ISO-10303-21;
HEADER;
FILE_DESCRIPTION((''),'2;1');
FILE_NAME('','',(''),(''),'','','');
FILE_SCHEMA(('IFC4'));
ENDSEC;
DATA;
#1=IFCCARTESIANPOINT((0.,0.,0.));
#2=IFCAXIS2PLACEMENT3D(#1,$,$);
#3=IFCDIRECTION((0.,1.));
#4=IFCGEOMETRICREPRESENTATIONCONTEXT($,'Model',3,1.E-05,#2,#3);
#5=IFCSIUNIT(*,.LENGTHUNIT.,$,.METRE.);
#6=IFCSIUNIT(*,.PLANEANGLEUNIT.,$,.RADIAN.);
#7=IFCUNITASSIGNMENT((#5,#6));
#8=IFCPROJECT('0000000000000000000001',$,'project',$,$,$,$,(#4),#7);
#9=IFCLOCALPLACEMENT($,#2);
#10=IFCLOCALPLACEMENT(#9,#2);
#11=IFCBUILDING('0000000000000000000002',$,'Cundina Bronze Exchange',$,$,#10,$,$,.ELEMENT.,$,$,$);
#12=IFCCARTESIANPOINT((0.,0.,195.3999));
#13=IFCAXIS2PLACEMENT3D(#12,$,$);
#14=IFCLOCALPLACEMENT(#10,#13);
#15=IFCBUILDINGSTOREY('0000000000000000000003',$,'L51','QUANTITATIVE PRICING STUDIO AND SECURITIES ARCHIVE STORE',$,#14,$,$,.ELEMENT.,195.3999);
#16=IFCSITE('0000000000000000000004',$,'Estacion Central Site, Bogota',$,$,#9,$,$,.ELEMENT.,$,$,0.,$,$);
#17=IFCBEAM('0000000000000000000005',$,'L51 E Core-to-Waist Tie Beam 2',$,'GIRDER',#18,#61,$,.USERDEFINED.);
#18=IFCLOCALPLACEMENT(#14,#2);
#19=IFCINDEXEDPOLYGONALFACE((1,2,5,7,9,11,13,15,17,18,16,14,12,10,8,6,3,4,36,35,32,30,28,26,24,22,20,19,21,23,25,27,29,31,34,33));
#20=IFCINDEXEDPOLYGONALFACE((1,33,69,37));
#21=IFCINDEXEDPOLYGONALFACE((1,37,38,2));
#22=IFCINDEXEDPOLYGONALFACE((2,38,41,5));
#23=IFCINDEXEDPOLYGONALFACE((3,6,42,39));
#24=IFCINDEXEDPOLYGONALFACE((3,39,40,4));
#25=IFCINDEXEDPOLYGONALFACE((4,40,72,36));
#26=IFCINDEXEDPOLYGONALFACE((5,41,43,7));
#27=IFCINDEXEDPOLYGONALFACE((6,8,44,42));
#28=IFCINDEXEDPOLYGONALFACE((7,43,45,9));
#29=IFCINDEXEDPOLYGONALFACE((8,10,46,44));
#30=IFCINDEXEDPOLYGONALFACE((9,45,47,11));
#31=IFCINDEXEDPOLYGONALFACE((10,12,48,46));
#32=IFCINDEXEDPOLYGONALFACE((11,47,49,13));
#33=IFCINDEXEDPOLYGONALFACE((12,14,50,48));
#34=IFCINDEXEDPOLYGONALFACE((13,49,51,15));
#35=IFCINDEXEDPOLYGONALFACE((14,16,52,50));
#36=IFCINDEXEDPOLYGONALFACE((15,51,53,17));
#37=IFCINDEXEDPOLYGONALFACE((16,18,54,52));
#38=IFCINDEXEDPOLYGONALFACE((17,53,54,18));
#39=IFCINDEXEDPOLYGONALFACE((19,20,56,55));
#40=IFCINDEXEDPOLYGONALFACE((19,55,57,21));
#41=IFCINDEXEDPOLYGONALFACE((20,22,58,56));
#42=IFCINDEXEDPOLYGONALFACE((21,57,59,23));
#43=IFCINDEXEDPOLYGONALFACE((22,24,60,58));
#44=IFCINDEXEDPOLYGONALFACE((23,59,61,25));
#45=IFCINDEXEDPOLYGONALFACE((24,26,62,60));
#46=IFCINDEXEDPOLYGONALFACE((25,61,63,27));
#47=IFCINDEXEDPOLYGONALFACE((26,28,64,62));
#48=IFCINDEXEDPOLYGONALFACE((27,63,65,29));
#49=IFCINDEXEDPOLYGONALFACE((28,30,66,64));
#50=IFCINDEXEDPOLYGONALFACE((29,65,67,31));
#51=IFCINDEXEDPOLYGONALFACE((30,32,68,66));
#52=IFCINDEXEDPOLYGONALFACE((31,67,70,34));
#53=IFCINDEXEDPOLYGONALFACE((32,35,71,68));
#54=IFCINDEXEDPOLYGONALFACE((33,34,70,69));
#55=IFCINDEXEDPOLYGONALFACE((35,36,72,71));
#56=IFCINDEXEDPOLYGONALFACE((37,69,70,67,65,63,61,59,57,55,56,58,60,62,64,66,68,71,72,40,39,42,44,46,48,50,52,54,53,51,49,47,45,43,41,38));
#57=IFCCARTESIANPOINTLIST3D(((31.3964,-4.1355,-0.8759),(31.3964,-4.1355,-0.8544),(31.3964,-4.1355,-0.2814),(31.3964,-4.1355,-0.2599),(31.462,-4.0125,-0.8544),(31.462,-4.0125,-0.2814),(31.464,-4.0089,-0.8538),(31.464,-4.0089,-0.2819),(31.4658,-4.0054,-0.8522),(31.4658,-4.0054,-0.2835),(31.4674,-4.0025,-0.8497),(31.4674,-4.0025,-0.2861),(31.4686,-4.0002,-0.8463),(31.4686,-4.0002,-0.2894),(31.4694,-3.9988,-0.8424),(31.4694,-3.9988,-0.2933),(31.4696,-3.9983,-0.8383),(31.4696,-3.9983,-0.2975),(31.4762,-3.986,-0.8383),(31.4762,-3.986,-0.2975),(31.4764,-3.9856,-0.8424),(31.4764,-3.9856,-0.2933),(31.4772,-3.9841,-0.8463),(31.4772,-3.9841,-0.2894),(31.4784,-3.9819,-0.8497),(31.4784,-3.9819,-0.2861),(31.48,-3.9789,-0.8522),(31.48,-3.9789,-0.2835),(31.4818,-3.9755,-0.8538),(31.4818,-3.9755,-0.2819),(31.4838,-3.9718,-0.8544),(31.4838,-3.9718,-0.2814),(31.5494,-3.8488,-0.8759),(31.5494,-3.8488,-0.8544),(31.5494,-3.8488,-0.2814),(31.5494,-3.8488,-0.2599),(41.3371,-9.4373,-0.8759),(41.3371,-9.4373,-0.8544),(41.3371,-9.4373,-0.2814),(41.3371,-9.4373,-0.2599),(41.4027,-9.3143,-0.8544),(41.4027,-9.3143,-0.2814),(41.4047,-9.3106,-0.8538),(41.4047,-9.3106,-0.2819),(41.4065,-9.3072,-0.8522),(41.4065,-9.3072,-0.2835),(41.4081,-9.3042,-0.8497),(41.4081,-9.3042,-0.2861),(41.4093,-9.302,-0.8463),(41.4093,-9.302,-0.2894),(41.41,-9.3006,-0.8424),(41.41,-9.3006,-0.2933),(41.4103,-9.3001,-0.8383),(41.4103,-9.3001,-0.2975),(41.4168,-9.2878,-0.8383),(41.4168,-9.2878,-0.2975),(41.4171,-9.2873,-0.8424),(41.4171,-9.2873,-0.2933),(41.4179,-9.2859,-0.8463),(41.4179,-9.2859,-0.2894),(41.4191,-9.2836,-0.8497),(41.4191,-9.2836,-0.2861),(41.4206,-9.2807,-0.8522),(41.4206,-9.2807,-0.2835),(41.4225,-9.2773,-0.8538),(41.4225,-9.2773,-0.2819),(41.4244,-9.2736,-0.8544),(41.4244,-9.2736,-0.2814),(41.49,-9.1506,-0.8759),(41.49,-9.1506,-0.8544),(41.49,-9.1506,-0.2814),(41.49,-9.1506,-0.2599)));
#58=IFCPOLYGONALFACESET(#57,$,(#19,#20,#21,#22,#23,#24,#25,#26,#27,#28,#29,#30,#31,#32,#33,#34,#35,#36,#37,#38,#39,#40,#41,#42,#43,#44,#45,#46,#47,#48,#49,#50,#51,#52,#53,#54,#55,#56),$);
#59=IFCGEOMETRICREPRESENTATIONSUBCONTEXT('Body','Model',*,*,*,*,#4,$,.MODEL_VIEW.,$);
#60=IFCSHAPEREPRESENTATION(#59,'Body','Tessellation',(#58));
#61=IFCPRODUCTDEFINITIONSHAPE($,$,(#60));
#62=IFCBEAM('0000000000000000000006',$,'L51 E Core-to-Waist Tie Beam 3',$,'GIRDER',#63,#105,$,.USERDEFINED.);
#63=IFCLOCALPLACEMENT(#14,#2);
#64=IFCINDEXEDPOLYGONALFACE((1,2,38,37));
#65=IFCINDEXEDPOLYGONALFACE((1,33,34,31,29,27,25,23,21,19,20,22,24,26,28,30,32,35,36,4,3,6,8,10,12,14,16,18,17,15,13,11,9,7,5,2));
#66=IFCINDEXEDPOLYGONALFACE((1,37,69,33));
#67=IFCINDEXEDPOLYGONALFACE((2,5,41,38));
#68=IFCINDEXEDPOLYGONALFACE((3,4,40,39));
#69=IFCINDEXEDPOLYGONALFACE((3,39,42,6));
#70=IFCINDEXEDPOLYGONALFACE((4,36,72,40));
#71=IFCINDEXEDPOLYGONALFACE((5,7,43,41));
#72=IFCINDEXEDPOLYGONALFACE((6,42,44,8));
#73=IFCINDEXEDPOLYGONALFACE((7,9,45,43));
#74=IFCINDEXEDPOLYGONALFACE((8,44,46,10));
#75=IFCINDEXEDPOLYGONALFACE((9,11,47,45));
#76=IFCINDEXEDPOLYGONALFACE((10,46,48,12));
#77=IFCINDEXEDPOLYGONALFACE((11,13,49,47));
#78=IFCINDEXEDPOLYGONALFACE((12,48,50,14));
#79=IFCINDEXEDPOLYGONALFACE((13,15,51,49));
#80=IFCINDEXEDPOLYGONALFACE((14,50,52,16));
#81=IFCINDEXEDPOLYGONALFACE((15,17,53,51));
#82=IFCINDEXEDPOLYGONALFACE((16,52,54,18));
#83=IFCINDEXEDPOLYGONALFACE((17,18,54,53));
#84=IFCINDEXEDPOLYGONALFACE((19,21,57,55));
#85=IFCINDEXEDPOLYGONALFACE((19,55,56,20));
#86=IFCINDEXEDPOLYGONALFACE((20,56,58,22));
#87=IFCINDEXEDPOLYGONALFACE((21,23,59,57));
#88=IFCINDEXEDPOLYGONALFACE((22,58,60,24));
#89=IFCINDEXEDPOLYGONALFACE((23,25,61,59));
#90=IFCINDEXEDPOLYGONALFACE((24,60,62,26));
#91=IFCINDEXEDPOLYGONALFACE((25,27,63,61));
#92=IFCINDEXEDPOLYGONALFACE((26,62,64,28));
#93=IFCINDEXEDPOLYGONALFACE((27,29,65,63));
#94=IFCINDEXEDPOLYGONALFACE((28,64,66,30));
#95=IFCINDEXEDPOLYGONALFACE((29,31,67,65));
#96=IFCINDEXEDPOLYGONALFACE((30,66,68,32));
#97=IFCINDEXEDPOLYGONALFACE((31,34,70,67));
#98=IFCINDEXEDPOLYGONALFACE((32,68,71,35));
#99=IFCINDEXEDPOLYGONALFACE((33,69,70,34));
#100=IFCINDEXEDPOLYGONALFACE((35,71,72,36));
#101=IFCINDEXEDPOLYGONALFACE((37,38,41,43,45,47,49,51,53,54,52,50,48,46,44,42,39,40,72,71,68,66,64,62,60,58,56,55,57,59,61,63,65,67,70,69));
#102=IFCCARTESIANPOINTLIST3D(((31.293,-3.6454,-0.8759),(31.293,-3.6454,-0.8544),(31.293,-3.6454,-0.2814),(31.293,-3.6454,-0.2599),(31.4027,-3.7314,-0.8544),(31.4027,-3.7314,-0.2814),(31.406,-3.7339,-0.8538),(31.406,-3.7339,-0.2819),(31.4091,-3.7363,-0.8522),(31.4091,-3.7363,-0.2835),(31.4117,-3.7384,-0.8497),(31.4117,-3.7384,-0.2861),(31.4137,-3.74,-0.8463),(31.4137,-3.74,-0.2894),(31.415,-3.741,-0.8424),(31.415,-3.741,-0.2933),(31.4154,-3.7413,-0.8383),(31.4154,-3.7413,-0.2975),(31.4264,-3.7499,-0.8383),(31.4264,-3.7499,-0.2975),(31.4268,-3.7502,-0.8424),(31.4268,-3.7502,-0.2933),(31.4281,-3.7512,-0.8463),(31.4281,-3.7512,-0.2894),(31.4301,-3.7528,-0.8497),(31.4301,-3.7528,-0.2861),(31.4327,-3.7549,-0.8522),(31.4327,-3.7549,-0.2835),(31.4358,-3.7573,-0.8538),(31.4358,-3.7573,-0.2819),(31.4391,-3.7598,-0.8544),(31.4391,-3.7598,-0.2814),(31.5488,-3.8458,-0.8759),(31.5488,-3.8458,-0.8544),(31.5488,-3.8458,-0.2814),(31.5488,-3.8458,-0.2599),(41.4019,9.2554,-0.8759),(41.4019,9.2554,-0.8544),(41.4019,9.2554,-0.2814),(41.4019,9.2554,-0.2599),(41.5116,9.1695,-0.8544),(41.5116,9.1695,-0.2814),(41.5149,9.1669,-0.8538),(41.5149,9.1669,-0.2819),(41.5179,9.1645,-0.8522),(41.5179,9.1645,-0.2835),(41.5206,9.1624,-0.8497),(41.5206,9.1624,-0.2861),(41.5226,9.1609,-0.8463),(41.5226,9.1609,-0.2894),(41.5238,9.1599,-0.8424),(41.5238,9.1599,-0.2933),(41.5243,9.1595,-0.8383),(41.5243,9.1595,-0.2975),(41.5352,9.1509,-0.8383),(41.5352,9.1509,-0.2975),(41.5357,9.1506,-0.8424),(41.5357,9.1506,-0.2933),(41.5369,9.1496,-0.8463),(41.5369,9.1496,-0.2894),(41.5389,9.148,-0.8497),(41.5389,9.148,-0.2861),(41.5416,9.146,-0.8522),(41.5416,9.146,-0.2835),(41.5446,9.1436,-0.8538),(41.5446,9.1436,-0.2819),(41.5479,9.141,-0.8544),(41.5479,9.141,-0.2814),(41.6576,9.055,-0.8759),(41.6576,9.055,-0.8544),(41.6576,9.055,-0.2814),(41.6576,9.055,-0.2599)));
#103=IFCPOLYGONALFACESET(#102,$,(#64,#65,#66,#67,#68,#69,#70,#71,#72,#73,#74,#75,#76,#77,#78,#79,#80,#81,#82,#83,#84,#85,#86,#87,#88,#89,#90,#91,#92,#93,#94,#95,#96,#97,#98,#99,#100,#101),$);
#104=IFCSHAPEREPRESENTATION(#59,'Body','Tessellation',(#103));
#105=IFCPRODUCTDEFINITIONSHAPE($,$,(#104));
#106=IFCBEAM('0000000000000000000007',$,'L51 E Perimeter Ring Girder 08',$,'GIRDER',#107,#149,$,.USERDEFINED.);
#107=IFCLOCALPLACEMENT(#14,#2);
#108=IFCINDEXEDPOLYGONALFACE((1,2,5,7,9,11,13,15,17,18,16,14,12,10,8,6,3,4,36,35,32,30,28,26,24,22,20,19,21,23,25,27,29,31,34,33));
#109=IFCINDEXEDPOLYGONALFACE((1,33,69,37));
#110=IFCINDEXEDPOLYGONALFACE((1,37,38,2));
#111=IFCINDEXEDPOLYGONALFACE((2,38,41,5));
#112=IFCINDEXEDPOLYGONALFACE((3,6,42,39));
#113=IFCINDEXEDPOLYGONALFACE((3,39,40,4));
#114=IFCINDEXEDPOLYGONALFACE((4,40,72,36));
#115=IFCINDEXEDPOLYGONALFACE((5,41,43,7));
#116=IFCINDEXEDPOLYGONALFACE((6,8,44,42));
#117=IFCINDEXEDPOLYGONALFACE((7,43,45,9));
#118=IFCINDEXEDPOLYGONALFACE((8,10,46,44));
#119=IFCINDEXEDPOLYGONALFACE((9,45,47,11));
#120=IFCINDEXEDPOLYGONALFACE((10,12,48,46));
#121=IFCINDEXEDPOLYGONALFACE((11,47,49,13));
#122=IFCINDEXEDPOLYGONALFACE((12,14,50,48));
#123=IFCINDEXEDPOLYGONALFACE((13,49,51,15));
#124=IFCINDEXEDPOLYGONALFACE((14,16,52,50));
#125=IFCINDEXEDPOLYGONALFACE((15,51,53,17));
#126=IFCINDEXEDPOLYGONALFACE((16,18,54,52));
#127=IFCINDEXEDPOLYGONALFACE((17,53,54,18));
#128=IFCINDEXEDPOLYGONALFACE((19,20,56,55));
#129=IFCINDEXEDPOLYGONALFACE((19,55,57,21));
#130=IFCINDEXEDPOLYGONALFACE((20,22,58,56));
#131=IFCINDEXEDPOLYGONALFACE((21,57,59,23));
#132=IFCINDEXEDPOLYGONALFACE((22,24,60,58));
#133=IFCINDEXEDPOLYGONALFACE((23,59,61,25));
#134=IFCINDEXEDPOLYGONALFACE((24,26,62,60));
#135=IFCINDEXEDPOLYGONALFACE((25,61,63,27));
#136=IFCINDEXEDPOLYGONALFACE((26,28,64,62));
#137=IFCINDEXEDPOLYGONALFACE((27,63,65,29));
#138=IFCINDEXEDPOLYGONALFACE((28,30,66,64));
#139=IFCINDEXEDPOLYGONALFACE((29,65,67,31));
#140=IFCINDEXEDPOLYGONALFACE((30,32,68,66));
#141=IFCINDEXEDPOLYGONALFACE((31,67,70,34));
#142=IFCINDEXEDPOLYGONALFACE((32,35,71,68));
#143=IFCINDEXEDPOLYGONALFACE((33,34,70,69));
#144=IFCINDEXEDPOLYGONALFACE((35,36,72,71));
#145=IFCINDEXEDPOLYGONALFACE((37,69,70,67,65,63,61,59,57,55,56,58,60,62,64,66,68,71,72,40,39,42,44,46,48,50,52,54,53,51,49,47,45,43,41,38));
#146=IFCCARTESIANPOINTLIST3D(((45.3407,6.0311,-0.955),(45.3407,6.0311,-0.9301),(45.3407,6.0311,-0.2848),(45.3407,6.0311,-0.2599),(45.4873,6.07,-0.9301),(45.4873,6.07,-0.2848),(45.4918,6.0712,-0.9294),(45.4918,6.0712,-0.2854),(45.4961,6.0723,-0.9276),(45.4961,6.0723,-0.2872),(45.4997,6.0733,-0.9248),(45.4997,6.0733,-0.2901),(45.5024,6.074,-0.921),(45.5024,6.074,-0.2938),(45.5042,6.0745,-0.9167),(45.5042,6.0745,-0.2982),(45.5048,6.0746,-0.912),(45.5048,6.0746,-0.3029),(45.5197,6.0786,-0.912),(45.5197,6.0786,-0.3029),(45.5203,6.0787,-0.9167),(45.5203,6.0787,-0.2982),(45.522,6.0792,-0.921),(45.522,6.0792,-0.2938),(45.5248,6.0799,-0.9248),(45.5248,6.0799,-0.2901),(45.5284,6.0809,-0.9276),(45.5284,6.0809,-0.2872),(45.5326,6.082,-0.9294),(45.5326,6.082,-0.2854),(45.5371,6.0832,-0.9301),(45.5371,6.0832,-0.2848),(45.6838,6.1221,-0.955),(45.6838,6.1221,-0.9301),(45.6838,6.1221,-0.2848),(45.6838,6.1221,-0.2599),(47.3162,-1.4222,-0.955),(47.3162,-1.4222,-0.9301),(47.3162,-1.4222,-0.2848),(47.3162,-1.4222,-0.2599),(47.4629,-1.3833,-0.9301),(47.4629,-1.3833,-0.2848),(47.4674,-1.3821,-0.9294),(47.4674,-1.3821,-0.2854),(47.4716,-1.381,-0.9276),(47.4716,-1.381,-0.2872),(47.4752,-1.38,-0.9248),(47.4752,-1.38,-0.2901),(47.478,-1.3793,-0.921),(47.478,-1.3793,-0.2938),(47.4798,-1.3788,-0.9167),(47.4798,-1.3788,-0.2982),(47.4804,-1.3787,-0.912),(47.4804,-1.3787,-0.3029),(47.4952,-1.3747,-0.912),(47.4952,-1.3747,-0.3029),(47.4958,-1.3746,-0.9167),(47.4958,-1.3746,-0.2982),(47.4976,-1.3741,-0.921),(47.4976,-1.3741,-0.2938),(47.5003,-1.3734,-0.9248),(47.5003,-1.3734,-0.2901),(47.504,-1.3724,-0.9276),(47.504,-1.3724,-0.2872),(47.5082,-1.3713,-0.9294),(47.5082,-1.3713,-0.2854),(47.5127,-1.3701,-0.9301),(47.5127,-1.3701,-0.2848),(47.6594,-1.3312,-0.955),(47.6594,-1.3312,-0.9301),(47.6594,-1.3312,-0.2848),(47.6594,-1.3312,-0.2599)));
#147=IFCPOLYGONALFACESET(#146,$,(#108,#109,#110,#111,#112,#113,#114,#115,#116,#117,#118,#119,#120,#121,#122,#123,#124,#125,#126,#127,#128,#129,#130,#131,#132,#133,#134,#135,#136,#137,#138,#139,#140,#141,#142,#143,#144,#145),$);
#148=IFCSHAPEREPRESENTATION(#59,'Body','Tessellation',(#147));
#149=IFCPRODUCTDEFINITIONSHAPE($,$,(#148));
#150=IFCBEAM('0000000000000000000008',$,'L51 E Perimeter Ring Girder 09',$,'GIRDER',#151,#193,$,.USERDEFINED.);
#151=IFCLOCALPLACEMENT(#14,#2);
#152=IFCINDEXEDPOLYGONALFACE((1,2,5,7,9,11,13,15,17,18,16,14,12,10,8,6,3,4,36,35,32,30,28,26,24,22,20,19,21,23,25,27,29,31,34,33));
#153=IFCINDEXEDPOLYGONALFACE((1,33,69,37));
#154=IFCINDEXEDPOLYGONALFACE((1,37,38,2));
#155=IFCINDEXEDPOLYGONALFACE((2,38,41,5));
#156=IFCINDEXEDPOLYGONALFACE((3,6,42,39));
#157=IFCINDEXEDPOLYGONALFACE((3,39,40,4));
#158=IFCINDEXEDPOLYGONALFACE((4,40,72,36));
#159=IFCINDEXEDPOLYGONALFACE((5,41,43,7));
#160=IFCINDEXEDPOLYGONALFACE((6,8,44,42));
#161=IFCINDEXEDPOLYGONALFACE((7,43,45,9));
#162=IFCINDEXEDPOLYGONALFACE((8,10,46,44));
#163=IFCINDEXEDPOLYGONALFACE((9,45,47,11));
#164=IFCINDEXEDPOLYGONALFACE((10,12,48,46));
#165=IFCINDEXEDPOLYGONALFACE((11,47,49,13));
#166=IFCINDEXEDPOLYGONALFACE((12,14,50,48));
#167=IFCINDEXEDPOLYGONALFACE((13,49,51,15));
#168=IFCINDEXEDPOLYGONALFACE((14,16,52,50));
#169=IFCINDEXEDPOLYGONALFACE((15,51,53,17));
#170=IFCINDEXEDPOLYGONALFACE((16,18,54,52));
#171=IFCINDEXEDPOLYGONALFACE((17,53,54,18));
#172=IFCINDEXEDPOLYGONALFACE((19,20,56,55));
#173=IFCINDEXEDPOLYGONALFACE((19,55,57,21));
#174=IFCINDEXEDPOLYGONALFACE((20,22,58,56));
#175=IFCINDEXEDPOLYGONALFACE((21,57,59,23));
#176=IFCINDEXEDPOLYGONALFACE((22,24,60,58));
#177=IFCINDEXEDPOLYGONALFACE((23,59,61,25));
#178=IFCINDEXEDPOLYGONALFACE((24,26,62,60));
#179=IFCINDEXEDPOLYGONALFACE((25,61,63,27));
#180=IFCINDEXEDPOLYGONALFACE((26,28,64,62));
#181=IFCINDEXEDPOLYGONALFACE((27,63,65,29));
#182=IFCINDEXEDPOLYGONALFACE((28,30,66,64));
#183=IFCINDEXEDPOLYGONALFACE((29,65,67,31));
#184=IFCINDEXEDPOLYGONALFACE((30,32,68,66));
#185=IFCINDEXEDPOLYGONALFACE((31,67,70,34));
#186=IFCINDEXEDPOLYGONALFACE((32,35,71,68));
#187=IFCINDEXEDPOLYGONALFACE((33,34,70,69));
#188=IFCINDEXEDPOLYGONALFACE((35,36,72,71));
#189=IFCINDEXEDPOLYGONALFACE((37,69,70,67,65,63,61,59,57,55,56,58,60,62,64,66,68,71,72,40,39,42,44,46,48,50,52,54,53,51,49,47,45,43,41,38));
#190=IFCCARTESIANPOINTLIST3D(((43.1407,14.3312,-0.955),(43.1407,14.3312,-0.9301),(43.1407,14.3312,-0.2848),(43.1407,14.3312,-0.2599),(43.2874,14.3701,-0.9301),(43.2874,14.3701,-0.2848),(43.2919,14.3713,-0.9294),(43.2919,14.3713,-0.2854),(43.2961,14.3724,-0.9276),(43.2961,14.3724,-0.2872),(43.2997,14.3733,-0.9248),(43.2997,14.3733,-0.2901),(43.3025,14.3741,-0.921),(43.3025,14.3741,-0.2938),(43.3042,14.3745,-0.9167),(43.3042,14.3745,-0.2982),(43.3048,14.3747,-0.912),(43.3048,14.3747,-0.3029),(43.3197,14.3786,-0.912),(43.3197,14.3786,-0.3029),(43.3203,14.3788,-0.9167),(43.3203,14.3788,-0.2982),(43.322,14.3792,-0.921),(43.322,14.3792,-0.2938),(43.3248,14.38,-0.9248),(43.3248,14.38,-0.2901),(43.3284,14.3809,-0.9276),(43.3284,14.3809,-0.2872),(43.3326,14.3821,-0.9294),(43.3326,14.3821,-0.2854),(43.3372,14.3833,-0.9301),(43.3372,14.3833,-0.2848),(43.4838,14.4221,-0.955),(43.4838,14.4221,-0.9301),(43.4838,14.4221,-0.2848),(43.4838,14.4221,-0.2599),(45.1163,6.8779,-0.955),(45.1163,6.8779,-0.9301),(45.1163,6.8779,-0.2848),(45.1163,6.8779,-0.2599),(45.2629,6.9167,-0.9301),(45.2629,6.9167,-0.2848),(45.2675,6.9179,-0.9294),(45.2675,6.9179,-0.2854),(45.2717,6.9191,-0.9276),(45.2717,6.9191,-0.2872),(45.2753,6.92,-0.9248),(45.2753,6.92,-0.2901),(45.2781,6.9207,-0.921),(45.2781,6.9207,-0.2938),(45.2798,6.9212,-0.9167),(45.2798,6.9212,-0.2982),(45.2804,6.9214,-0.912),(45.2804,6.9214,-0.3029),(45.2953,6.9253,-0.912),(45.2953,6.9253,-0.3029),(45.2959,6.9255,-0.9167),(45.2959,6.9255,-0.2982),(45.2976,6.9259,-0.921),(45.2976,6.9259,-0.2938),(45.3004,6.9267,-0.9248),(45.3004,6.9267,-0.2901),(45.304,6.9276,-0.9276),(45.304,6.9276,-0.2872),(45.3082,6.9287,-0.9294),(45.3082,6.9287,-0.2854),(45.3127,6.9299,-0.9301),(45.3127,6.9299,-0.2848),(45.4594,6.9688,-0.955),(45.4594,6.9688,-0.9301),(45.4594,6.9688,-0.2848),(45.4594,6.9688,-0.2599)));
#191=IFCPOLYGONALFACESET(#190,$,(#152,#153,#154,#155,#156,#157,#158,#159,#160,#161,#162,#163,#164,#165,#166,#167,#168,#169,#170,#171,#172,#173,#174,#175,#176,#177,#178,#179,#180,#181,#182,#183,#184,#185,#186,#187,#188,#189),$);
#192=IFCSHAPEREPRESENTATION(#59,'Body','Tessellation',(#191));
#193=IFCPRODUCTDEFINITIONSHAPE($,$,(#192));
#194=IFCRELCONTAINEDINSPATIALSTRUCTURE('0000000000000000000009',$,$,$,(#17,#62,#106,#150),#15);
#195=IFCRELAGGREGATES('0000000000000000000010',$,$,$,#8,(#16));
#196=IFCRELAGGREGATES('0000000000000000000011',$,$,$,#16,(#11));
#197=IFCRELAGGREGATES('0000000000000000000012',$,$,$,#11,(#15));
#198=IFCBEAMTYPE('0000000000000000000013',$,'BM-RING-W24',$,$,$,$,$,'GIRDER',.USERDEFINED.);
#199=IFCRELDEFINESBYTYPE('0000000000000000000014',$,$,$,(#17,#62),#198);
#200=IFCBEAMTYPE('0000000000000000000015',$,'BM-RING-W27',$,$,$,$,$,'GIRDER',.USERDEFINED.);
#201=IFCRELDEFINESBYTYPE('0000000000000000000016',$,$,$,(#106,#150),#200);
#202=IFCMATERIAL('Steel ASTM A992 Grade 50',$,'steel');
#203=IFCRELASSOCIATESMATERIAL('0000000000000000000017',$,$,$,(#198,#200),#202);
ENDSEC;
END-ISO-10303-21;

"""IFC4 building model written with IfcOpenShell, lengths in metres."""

from ifc_helpers import new_model, si_unit, direction, frame, origin, origin_2d, place, context, subcontext, project, spatial, i_section, extrude, material, material_profile, profile_set, type_object, element, save


model = new_model("IFC4")

# Units and contexts
model_context = context("Model", 3, precision=1e-05, world=origin(), true_north=direction((0.0, 1.0)))
body_context = subcontext(model_context, "Body", "Model", "MODEL_VIEW")
ifc_project = project(units=[si_unit("LENGTHUNIT", "METRE"), si_unit("PLANEANGLEUNIT", "RADIAN")], contexts=[model_context])

# Site, building, storey
site_placement = place(None, origin())
site = spatial("IfcSite", under=ifc_project, at=site_placement, Name="Estacion Central Site, Bogota", CompositionType="ELEMENT", RefElevation=0.0)
building_placement = place(site_placement, origin())
building = spatial("IfcBuilding", under=site, at=building_placement, Name="Cundina Bronze Exchange", CompositionType="ELEMENT")
storey_placement = place(building_placement, frame((0.0, 0.0, 195.3999)))
storey = spatial("IfcBuildingStorey", under=building, at=storey_placement, Name="L51", Description="QUANTITATIVE PRICING STUDIO AND SECURITIES ARCHIVE STORE", CompositionType="ELEMENT", Elevation=195.3999)

# Shared definitions
ifc_material_1 = material(Name="Steel ASTM A992 Grade 50", Category="steel")

# Beams
ifc_material_profile_1 = material_profile(ifc_material_1, i_section(OverallWidth=0.325, OverallDepth=0.616, WebThickness=0.0139, FlangeThickness=0.0215, FilletRadius=0.0161, at=origin_2d()), Name="W24X117", Category="steel")
ifc_profile_set_1 = profile_set([ifc_material_profile_1], Name="Steel ASTM A992 Grade 50")
beam_type_1 = type_object("IfcBeamType", Name="BM-RING-W24", ElementType="GIRDER", PredefinedType="USERDEFINED", material=ifc_profile_set_1)
beam_1_placement = place(storey_placement, frame((31.4729, -3.9922, -0.5679), z_axis=(0.882351, -0.470593, 0.0), x_axis=(0.470593, 0.882351, 0.0)))
element("IfcBeam", 1, at=beam_1_placement, inside=storey, type_object=beam_type_1, Name="L51 E Core-to-Waist Tie Beam 2", ObjectType="GIRDER", PredefinedType="USERDEFINED", context=body_context, shape_type="SweptSolid", body=[
    extrude(i_section(OverallWidth=0.325, OverallDepth=0.616, WebThickness=0.0139, FlangeThickness=0.0215, FilletRadius=0.0161, at=origin_2d()), origin(), (0.0, 0.0, 1.0), 11.2661),
])
beam_2_placement = place(storey_placement, frame((31.4209, -3.7456, -0.5679), z_axis=(0.616783, 0.787133, 0.0), x_axis=(-0.787133, 0.616783, 0.0)))
element("IfcBeam", 2, at=beam_2_placement, inside=storey, type_object=beam_type_1, Name="L51 E Core-to-Waist Tie Beam 3", ObjectType="GIRDER", PredefinedType="USERDEFINED", context=body_context, shape_type="SweptSolid", body=[
    extrude(i_section(OverallWidth=0.325, OverallDepth=0.616, WebThickness=0.0139, FlangeThickness=0.0215, FilletRadius=0.0161, at=origin_2d()), origin(), (0.0, 0.0, 1.0), 16.3896),
])
ifc_material_profile_2 = material_profile(ifc_material_1, i_section(OverallWidth=0.355, OverallDepth=0.6951, WebThickness=0.0154, FlangeThickness=0.0249, FilletRadius=0.0181, at=origin_2d()), Name="W27X146", Category="steel")
ifc_profile_set_2 = profile_set([ifc_material_profile_2], Name="Steel ASTM A992 Grade 50")
beam_type_2 = type_object("IfcBeamType", Name="BM-RING-W27", ElementType="GIRDER", PredefinedType="USERDEFINED", material=ifc_profile_set_2)
for number, where, z_axis, x_axis, name in (
    (3, (47.4878, -1.3767, -0.6074), (-0.256212, 0.966621, 0.0), (-0.966621, -0.256212, 0.0), "L51 E Perimeter Ring Girder 08"),
    (4, (45.2878, 6.9233, -0.6074), (-0.256212, 0.966621, 0.0), (-0.966621, -0.256212, 0.0), "L51 E Perimeter Ring Girder 09"),
):
    element("IfcBeam", number, at=place(storey_placement, frame(where, z_axis=z_axis, x_axis=x_axis)), inside=storey, type_object=beam_type_2, Name=name, ObjectType="GIRDER", PredefinedType="USERDEFINED", context=body_context, shape_type="SweptSolid", body=[
        extrude(i_section(OverallWidth=0.355, OverallDepth=0.6951, WebThickness=0.0154, FlangeThickness=0.0249, FilletRadius=0.0181, at=origin_2d()), origin(), (0.0, 0.0, 1.0), 7.7107),
    ])

save(model, "model.ifc")
